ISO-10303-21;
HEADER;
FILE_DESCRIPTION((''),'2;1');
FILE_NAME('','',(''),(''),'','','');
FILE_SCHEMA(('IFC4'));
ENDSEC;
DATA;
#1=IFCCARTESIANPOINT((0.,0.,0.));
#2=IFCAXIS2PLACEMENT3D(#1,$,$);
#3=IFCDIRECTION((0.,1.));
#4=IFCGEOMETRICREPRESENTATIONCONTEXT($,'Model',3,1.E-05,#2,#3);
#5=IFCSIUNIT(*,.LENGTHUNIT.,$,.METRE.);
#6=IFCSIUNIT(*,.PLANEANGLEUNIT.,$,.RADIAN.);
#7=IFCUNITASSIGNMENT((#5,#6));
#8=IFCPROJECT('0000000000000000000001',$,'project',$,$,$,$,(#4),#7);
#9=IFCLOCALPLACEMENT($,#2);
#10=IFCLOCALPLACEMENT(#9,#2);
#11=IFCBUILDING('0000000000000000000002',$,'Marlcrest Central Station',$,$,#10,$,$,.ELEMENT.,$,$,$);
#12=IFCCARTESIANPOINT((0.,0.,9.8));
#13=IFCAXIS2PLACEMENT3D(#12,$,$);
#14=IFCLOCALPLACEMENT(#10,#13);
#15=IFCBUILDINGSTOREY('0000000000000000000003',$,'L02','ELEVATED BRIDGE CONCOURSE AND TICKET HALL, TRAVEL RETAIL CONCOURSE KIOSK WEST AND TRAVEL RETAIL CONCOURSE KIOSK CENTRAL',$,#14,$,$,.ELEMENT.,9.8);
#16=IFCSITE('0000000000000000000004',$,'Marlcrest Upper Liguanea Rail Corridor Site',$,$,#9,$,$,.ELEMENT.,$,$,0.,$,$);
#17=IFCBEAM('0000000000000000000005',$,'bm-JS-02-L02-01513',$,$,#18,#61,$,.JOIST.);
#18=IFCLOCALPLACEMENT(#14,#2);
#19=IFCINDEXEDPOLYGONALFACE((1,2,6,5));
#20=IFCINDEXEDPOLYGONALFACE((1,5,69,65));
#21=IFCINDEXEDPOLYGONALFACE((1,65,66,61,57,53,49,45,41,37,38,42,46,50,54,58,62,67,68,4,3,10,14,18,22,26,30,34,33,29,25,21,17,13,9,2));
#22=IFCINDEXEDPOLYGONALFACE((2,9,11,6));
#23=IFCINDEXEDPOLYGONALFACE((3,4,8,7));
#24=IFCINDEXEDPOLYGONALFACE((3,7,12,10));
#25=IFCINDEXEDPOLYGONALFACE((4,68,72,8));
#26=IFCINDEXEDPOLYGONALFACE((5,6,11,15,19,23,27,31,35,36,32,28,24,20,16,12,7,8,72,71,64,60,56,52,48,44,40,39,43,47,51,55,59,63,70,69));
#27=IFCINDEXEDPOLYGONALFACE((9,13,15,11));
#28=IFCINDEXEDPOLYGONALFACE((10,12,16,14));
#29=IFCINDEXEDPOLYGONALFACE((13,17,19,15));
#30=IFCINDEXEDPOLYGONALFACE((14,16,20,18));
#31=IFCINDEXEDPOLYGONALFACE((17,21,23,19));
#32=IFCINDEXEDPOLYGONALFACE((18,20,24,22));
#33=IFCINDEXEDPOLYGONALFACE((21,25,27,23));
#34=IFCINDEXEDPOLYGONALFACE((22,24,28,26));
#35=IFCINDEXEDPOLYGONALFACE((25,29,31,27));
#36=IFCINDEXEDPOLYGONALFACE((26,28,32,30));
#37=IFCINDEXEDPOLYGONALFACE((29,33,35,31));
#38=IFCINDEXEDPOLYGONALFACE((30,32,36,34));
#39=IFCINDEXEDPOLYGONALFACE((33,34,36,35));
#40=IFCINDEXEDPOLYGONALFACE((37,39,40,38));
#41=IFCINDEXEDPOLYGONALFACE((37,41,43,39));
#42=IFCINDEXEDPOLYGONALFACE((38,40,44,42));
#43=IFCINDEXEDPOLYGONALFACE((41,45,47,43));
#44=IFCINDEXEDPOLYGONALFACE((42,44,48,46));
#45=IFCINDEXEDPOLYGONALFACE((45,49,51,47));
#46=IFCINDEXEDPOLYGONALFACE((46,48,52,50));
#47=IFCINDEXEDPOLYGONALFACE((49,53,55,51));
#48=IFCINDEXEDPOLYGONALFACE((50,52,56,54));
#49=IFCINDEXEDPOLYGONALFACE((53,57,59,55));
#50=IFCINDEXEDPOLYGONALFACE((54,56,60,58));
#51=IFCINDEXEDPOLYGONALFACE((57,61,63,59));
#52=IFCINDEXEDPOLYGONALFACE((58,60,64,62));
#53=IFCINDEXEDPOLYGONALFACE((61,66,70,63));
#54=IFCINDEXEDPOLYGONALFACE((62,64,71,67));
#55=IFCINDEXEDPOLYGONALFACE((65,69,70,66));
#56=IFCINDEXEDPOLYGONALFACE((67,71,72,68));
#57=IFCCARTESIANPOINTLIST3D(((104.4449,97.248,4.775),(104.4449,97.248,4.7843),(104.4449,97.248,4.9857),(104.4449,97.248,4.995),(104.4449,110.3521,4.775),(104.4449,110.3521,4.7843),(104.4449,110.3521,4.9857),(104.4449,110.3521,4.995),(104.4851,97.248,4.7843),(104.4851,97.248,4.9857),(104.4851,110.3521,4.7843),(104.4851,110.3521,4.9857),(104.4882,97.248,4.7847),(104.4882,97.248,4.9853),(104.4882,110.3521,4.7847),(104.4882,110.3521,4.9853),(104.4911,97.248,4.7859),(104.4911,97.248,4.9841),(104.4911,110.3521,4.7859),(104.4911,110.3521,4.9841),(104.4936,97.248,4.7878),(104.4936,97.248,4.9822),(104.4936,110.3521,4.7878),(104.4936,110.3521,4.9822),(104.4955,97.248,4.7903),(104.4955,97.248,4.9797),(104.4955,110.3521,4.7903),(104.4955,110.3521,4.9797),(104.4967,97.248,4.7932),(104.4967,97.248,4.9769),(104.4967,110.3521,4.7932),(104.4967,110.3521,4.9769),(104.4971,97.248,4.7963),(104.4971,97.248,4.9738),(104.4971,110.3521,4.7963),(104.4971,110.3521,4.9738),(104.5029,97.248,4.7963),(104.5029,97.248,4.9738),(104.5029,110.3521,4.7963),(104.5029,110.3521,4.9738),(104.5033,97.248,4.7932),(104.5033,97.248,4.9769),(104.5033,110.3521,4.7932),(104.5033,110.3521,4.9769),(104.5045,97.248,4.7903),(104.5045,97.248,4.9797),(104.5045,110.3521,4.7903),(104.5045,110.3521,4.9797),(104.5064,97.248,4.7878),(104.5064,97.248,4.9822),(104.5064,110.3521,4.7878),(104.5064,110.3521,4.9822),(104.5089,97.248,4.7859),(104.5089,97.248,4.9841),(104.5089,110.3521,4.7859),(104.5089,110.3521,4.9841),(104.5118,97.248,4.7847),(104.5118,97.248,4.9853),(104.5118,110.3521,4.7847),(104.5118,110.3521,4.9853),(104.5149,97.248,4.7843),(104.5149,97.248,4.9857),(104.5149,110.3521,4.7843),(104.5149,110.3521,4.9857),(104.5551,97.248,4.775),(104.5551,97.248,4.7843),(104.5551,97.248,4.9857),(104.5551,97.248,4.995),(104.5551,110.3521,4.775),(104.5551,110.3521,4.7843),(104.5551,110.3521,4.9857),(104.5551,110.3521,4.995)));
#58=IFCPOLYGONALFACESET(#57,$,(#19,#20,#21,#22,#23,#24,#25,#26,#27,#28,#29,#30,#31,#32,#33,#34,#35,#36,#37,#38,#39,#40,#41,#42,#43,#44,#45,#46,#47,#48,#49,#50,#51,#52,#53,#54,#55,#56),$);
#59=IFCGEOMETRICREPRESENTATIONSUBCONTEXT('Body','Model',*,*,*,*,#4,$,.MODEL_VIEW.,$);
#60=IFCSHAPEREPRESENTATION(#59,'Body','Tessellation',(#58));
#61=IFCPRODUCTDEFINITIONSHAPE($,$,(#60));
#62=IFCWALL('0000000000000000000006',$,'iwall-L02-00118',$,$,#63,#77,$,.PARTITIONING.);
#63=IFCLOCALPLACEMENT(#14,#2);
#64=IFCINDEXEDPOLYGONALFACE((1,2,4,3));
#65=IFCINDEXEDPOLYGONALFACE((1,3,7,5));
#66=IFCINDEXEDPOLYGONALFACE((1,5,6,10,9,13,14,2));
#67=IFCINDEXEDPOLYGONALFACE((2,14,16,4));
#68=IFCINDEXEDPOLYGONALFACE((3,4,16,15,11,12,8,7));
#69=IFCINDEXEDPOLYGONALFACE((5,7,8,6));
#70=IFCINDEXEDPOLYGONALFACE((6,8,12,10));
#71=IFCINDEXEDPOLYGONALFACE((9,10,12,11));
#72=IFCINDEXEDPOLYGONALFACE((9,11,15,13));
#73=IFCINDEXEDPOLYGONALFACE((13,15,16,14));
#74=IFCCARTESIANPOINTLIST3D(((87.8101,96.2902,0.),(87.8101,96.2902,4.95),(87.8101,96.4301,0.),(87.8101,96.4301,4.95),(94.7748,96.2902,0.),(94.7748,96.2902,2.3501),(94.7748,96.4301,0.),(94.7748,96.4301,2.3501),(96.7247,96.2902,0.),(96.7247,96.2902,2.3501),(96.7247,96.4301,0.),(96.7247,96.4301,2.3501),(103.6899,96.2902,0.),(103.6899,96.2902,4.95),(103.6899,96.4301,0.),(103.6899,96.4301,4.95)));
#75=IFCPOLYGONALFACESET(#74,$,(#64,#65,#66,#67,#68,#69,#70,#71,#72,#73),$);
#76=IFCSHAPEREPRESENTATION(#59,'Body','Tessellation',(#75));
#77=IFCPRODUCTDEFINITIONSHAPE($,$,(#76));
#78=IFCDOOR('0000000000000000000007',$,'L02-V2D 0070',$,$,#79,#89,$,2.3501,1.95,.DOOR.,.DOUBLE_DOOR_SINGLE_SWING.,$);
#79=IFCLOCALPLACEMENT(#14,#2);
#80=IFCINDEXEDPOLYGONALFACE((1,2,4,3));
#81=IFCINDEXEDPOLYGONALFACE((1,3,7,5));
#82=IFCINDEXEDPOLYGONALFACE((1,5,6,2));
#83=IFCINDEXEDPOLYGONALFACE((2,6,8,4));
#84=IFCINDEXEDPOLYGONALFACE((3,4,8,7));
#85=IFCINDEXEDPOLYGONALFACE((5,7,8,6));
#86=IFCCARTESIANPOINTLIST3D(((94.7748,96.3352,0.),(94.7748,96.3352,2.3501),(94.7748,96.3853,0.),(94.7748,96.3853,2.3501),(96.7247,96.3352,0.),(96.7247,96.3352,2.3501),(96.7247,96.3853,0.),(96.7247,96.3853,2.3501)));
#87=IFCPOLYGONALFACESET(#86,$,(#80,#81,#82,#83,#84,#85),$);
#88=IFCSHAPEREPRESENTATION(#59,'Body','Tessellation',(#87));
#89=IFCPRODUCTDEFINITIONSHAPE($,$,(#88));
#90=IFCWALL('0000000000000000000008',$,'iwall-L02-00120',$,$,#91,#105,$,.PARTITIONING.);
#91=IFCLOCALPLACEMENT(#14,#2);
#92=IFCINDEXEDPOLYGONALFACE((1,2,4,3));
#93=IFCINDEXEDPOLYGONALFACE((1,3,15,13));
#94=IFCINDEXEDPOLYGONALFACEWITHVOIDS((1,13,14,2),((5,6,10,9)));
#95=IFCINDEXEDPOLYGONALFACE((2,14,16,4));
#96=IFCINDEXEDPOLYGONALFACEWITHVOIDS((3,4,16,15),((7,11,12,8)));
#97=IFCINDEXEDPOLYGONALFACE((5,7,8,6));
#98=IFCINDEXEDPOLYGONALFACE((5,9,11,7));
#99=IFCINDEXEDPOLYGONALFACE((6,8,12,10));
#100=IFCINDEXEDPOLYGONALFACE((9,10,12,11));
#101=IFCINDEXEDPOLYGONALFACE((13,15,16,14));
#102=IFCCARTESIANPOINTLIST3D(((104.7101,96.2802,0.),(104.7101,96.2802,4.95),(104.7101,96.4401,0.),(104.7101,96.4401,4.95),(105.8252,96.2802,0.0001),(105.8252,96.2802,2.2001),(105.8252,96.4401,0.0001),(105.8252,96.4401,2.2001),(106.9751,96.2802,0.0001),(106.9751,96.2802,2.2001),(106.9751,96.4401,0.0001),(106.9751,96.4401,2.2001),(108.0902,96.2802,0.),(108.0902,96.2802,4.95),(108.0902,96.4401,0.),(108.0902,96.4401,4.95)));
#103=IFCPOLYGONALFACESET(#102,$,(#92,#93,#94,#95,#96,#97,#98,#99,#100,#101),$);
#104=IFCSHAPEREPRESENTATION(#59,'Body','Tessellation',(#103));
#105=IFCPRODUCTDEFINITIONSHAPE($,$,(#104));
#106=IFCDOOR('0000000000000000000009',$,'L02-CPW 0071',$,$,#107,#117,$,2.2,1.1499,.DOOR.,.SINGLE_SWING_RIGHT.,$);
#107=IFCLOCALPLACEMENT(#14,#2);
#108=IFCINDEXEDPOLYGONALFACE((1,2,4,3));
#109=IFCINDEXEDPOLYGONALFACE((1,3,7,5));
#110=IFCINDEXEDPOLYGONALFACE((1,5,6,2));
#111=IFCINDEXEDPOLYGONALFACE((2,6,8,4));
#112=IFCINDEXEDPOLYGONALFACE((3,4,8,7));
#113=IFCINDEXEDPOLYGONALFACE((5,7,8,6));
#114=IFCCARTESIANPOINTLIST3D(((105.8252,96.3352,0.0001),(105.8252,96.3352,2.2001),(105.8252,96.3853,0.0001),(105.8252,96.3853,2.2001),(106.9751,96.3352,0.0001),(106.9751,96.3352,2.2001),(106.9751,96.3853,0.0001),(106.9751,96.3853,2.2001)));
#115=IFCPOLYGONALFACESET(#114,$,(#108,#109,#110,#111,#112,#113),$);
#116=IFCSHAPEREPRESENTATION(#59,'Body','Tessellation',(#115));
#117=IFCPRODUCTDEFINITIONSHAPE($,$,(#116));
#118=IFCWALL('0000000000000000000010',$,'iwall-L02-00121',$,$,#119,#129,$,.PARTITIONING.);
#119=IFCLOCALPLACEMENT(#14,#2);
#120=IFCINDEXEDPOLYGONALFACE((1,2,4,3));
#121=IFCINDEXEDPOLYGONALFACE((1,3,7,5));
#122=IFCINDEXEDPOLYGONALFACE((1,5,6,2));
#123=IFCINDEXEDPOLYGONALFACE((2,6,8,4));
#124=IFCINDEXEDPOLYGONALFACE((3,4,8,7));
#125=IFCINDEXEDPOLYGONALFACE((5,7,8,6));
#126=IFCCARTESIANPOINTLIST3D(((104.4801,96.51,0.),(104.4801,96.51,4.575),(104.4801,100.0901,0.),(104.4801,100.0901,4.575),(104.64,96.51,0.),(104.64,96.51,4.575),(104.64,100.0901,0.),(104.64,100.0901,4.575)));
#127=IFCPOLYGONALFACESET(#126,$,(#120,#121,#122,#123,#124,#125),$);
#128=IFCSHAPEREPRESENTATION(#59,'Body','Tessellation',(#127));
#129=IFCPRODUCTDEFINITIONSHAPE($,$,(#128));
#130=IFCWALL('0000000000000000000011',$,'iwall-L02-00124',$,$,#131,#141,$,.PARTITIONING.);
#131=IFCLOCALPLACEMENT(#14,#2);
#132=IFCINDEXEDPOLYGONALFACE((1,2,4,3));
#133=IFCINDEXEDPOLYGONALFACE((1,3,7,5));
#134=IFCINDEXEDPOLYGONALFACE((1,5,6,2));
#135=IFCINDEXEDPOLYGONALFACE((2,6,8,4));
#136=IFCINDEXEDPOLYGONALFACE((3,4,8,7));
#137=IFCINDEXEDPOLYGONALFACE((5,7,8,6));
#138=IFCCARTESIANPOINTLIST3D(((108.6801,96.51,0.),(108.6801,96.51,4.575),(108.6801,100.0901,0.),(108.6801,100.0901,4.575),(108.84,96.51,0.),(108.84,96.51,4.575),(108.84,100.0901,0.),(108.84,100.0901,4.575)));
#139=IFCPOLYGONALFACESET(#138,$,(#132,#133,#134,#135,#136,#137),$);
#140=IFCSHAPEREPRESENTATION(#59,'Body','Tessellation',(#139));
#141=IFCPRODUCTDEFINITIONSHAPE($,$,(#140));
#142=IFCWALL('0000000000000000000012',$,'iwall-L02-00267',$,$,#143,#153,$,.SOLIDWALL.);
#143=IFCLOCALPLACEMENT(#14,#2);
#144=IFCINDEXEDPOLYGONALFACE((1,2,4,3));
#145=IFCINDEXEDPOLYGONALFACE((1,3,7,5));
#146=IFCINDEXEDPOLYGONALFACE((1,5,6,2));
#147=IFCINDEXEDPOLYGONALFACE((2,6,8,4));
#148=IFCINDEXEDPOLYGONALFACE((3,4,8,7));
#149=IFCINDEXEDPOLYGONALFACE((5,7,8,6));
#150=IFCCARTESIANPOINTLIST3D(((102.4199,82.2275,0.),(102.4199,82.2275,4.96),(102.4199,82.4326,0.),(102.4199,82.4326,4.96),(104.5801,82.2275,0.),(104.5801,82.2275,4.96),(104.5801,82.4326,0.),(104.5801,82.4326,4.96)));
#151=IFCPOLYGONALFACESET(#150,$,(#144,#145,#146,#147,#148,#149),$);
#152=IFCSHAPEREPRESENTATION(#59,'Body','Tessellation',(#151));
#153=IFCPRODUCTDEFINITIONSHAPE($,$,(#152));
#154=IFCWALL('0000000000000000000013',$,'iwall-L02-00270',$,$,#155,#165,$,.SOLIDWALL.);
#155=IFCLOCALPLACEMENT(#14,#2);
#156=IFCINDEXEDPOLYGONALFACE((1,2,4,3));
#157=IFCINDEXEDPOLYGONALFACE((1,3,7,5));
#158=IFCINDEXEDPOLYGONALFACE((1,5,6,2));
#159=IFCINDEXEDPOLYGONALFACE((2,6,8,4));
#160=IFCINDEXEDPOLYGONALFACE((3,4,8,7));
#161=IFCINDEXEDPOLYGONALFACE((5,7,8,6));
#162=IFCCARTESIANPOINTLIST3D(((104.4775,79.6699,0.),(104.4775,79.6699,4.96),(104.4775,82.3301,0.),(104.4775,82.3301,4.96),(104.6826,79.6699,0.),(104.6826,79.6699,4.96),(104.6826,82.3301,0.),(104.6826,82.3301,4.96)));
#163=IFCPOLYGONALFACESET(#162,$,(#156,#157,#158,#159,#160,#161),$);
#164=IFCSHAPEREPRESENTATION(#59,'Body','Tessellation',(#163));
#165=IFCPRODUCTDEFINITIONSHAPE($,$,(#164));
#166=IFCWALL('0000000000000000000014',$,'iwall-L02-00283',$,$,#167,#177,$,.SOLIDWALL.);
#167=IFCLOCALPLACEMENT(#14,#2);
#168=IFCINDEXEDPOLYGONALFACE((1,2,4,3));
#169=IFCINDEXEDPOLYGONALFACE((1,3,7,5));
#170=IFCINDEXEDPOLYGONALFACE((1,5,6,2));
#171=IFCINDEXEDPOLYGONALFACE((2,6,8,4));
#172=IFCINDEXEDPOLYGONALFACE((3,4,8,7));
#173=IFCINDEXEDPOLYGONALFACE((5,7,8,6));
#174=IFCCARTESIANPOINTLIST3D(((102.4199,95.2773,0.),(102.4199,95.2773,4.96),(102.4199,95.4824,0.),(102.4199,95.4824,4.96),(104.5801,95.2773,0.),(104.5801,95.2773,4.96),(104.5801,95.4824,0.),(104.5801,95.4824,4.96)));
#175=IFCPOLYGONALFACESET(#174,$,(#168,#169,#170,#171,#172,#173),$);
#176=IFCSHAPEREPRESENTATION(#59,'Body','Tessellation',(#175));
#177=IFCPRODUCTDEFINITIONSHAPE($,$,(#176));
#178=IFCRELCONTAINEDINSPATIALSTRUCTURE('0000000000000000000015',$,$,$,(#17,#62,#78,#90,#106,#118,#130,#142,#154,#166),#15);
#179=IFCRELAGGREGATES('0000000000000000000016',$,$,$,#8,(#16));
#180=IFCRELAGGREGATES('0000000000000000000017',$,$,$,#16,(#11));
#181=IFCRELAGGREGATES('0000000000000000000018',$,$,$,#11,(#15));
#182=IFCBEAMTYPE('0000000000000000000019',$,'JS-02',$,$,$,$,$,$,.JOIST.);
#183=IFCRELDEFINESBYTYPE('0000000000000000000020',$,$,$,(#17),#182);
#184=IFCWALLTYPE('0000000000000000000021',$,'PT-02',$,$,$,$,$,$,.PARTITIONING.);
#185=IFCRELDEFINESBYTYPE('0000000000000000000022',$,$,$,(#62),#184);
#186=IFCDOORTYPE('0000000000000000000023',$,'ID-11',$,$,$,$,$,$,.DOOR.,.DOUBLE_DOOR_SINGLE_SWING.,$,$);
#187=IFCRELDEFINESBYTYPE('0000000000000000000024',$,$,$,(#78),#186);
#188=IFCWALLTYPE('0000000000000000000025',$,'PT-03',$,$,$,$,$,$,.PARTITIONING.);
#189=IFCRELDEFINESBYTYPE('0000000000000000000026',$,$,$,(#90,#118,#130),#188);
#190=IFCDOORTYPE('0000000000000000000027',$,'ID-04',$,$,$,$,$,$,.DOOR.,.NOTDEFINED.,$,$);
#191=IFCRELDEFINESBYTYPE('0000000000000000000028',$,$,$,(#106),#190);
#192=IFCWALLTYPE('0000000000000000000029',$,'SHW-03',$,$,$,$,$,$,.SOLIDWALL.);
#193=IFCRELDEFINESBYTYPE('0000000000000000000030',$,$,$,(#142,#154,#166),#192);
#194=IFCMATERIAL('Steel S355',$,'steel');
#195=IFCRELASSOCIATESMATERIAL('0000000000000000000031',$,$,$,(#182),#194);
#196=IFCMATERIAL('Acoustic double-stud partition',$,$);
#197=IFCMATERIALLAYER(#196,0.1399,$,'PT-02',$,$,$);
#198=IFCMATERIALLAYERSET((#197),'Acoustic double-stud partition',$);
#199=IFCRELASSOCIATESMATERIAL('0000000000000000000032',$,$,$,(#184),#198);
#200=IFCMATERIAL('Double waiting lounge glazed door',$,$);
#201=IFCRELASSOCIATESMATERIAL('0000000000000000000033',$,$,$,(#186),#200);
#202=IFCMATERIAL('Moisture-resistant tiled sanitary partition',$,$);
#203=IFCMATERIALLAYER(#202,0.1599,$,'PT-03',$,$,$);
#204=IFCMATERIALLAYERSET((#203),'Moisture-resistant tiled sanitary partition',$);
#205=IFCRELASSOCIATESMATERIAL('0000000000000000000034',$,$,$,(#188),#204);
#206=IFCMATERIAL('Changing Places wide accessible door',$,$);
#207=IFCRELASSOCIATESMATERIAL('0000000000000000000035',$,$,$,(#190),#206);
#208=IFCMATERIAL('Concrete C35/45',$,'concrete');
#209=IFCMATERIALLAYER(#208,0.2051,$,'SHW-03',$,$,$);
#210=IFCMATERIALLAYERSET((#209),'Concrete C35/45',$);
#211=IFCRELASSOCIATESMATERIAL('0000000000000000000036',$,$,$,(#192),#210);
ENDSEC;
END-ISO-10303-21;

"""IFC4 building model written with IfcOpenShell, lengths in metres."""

from ifc_helpers import new_model, si_unit, direction, frame, frame_2d, origin, origin_2d, place, context, subcontext, project, spatial, rectangle, i_section, extrude, material, layer, layer_set, material_profile, profile_set, type_object, element, fill, save


model = new_model("IFC4")

# Units and contexts
model_context = context("Model", 3, precision=1e-05, world=origin(), true_north=direction((0.0, 1.0)))
body_context = subcontext(model_context, "Body", "Model", "MODEL_VIEW")
ifc_project = project(units=[si_unit("LENGTHUNIT", "METRE"), si_unit("PLANEANGLEUNIT", "RADIAN")], contexts=[model_context])

# Site, building, storey
site_placement = place(None, origin())
site = spatial("IfcSite", under=ifc_project, at=site_placement, Name="Marlcrest Upper Liguanea Rail Corridor Site", CompositionType="ELEMENT", RefElevation=0.0)
building_placement = place(site_placement, origin())
building = spatial("IfcBuilding", under=site, at=building_placement, Name="Marlcrest Central Station", CompositionType="ELEMENT")
storey_placement = place(building_placement, frame((0.0, 0.0, 9.8)))
storey = spatial("IfcBuildingStorey", under=building, at=storey_placement, Name="L02", Description="ELEVATED BRIDGE CONCOURSE AND TICKET HALL, TRAVEL RETAIL CONCOURSE KIOSK WEST AND TRAVEL RETAIL CONCOURSE KIOSK CENTRAL", CompositionType="ELEMENT", Elevation=9.8)

# Shared definitions
ifc_material_1 = material(Name="Steel S355", Category="steel")

# Beam
ifc_material_profile_1 = material_profile(ifc_material_1, i_section(OverallWidth=0.1101, OverallDepth=0.22, WebThickness=0.0059, FlangeThickness=0.0093, FilletRadius=0.012, at=origin_2d()), Name="IPE 220")
ifc_profile_set_1 = profile_set([ifc_material_profile_1], Name="Steel S355")
beam_type_1 = type_object("IfcBeamType", Name="JS-02", PredefinedType="JOIST", material=ifc_profile_set_1)
for number, where, z_axis, x_axis, name in (
    (1, (104.5, 97.248, 4.885), (0.0, 1.0, 0.0), (-1.0, 0.0, 0.0), "bm-JS-02-L02-01513"),
):
    element("IfcBeam", number, at=place(storey_placement, frame(where, z_axis=z_axis, x_axis=x_axis)), inside=storey, type_object=beam_type_1, Name=name, PredefinedType="JOIST", context=body_context, shape_type="SweptSolid", body=[
        extrude(i_section(OverallWidth=0.1101, OverallDepth=0.22, WebThickness=0.0059, FlangeThickness=0.0093, FilletRadius=0.012, at=origin_2d()), origin(), (0.0, 0.0, 1.0), 13.104),
    ])

# Walls, openings, doors
ifc_material_2 = material(Name="Acoustic double-stud partition")
ifc_layer_1 = layer(ifc_material_2, 0.1399, Name="PT-02")
ifc_layer_set_1 = layer_set([ifc_layer_1], Name="Acoustic double-stud partition")
wall_type_1 = type_object("IfcWallType", Name="PT-02", PredefinedType="PARTITIONING", material=ifc_layer_set_1)
wall_1_placement = place(storey_placement, frame((103.6899, 96.3601, 0.0), z_axis=(0.0, 0.0, 1.0), x_axis=(-1.0, 0.0, 0.0)))
wall_1 = element("IfcWall", 2, at=wall_1_placement, inside=storey, type_object=wall_type_1, Name="iwall-L02-00118", PredefinedType="PARTITIONING", context=body_context, shape_type="SweptSolid", body=[
    extrude(rectangle(XDim=15.8799, YDim=0.1399, at=frame_2d((7.9399, 0.0))), origin(), (0.0, 0.0, 1.0), 4.95),
])
opening_1_placement = place(wall_1_placement, frame((6.9651, 0.0, 0.0)))
opening_1 = element("IfcOpeningElement", 3, at=opening_1_placement, cuts=wall_1, PredefinedType="OPENING", context=body_context, shape_type="SweptSolid", body=[
    extrude(rectangle(XDim=1.95, YDim=2.3501, at=frame_2d((0.9751, 1.175))), frame((0.0, 0.0798, 0.0), z_axis=(0.0, -1.0, 0.0), x_axis=(1.0, 0.0, 0.0)), (0.0, 0.0, 1.0), 0.1599),
])
ifc_material_3 = material(Name="Double waiting lounge glazed door")
door_type_1 = type_object("IfcDoorType", Name="ID-11", OperationType="DOUBLE_DOOR_SINGLE_SWING", PredefinedType="DOOR", material=ifc_material_3)
door_1_placement = place(opening_1_placement, origin())
door_1 = element("IfcDoor", 4, at=door_1_placement, inside=storey, type_object=door_type_1, Name="L02-V2D 0070", OperationType="DOUBLE_DOOR_SINGLE_SWING", OverallHeight=2.3501, OverallWidth=1.95, PredefinedType="DOOR", context=body_context, shape_type="SweptSolid", body=[
    extrude(rectangle(XDim=1.95, YDim=2.3501, at=frame_2d((0.9751, 1.175))), frame((0.0, 0.0249, 0.0), z_axis=(0.0, -1.0, 0.0), x_axis=(1.0, 0.0, 0.0)), (0.0, 0.0, 1.0), 0.05),
])
fill(opening_1, door_1)
ifc_material_4 = material(Name="Moisture-resistant tiled sanitary partition")
ifc_layer_2 = layer(ifc_material_4, 0.1599, Name="PT-03")
ifc_layer_set_2 = layer_set([ifc_layer_2], Name="Moisture-resistant tiled sanitary partition")
wall_type_2 = type_object("IfcWallType", Name="PT-03", PredefinedType="PARTITIONING", material=ifc_layer_set_2)
wall_2_placement = place(storey_placement, frame((108.0901, 96.3601, 0.0), z_axis=(0.0, 0.0, 1.0), x_axis=(-1.0, 0.0, 0.0)))
wall_2 = element("IfcWall", 5, at=wall_2_placement, inside=storey, type_object=wall_type_2, Name="iwall-L02-00120", PredefinedType="PARTITIONING", context=body_context, shape_type="SweptSolid", body=[
    extrude(rectangle(XDim=3.3801, YDim=0.1599, at=frame_2d((1.6899, 0.0))), origin(), (0.0, 0.0, 1.0), 4.95),
])
opening_2_placement = place(wall_2_placement, frame((1.115, 0.0, 0.0)))
opening_2 = element("IfcOpeningElement", 6, at=opening_2_placement, cuts=wall_2, PredefinedType="OPENING", context=body_context, shape_type="SweptSolid", body=[
    extrude(rectangle(XDim=1.1499, YDim=2.2, at=frame_2d((0.575, 1.1001))), frame((0.0, 0.0898, 0.0), z_axis=(0.0, -1.0, 0.0), x_axis=(1.0, 0.0, 0.0)), (0.0, 0.0, 1.0), 0.1799),
])
ifc_material_5 = material(Name="Changing Places wide accessible door")
door_type_2 = type_object("IfcDoorType", Name="ID-04", OperationType="NOTDEFINED", PredefinedType="DOOR", material=ifc_material_5)
door_2_placement = place(opening_2_placement, origin())
door_2 = element("IfcDoor", 7, at=door_2_placement, inside=storey, type_object=door_type_2, Name="L02-CPW 0071", OperationType="SINGLE_SWING_RIGHT", OverallHeight=2.2, OverallWidth=1.1499, PredefinedType="DOOR", context=body_context, shape_type="SweptSolid", body=[
    extrude(rectangle(XDim=1.1499, YDim=2.2, at=frame_2d((0.575, 1.1001))), frame((0.0, 0.0249, 0.0), z_axis=(0.0, -1.0, 0.0), x_axis=(1.0, 0.0, 0.0)), (0.0, 0.0, 1.0), 0.05),
])
fill(opening_2, door_2)

# Walls
for number, where, z_axis, x_axis, name in (
    (8, (104.5601, 96.51, 0.0), (0.0, 0.0, 1.0), (0.0, 1.0, 0.0), "iwall-L02-00121"),
    (9, (108.76, 96.51, 0.0), (0.0, 0.0, 1.0), (0.0, 1.0, 0.0), "iwall-L02-00124"),
):
    element("IfcWall", number, at=place(storey_placement, frame(where, z_axis=z_axis, x_axis=x_axis)), inside=storey, type_object=wall_type_2, Name=name, PredefinedType="PARTITIONING", context=body_context, shape_type="SweptSolid", body=[
        extrude(rectangle(XDim=3.5801, YDim=0.1599, at=frame_2d((1.79, 0.0))), origin(), (0.0, 0.0, 1.0), 4.575),
    ])
ifc_material_6 = material(Name="Concrete C35/45", Category="concrete")
ifc_layer_3 = layer(ifc_material_6, 0.2051, Name="SHW-03")
ifc_layer_set_3 = layer_set([ifc_layer_3], Name="Concrete C35/45")
wall_type_3 = type_object("IfcWallType", Name="SHW-03", PredefinedType="SOLIDWALL", material=ifc_layer_set_3)
wall_3_placement = place(storey_placement, frame((102.4199, 82.3301, 0.0), z_axis=(0.0, 0.0, 1.0), x_axis=(1.0, 0.0, 0.0)))
element("IfcWall", 10, at=wall_3_placement, inside=storey, type_object=wall_type_3, Name="iwall-L02-00267", PredefinedType="SOLIDWALL", context=body_context, shape_type="SweptSolid", body=[
    extrude(rectangle(XDim=2.1602, YDim=0.2051, at=frame_2d((1.0801, 0.0))), origin(), (0.0, 0.0, 1.0), 4.96),
])
wall_4_placement = place(storey_placement, frame((104.5801, 82.3301, 0.0), z_axis=(0.0, 0.0, 1.0), x_axis=(0.0, -1.0, 0.0)))
element("IfcWall", 11, at=wall_4_placement, inside=storey, type_object=wall_type_3, Name="iwall-L02-00270", PredefinedType="SOLIDWALL", context=body_context, shape_type="SweptSolid", body=[
    extrude(rectangle(XDim=2.6602, YDim=0.2051, at=frame_2d((1.3301, 0.0))), origin(), (0.0, 0.0, 1.0), 4.96),
])
wall_5_placement = place(storey_placement, frame((102.4199, 95.3799, 0.0), z_axis=(0.0, 0.0, 1.0), x_axis=(1.0, 0.0, 0.0)))
element("IfcWall", 12, at=wall_5_placement, inside=storey, type_object=wall_type_3, Name="iwall-L02-00283", PredefinedType="SOLIDWALL", context=body_context, shape_type="SweptSolid", body=[
    extrude(rectangle(XDim=2.1602, YDim=0.2051, at=frame_2d((1.0801, 0.0))), origin(), (0.0, 0.0, 1.0), 4.96),
])

save(model, "model.ifc")
